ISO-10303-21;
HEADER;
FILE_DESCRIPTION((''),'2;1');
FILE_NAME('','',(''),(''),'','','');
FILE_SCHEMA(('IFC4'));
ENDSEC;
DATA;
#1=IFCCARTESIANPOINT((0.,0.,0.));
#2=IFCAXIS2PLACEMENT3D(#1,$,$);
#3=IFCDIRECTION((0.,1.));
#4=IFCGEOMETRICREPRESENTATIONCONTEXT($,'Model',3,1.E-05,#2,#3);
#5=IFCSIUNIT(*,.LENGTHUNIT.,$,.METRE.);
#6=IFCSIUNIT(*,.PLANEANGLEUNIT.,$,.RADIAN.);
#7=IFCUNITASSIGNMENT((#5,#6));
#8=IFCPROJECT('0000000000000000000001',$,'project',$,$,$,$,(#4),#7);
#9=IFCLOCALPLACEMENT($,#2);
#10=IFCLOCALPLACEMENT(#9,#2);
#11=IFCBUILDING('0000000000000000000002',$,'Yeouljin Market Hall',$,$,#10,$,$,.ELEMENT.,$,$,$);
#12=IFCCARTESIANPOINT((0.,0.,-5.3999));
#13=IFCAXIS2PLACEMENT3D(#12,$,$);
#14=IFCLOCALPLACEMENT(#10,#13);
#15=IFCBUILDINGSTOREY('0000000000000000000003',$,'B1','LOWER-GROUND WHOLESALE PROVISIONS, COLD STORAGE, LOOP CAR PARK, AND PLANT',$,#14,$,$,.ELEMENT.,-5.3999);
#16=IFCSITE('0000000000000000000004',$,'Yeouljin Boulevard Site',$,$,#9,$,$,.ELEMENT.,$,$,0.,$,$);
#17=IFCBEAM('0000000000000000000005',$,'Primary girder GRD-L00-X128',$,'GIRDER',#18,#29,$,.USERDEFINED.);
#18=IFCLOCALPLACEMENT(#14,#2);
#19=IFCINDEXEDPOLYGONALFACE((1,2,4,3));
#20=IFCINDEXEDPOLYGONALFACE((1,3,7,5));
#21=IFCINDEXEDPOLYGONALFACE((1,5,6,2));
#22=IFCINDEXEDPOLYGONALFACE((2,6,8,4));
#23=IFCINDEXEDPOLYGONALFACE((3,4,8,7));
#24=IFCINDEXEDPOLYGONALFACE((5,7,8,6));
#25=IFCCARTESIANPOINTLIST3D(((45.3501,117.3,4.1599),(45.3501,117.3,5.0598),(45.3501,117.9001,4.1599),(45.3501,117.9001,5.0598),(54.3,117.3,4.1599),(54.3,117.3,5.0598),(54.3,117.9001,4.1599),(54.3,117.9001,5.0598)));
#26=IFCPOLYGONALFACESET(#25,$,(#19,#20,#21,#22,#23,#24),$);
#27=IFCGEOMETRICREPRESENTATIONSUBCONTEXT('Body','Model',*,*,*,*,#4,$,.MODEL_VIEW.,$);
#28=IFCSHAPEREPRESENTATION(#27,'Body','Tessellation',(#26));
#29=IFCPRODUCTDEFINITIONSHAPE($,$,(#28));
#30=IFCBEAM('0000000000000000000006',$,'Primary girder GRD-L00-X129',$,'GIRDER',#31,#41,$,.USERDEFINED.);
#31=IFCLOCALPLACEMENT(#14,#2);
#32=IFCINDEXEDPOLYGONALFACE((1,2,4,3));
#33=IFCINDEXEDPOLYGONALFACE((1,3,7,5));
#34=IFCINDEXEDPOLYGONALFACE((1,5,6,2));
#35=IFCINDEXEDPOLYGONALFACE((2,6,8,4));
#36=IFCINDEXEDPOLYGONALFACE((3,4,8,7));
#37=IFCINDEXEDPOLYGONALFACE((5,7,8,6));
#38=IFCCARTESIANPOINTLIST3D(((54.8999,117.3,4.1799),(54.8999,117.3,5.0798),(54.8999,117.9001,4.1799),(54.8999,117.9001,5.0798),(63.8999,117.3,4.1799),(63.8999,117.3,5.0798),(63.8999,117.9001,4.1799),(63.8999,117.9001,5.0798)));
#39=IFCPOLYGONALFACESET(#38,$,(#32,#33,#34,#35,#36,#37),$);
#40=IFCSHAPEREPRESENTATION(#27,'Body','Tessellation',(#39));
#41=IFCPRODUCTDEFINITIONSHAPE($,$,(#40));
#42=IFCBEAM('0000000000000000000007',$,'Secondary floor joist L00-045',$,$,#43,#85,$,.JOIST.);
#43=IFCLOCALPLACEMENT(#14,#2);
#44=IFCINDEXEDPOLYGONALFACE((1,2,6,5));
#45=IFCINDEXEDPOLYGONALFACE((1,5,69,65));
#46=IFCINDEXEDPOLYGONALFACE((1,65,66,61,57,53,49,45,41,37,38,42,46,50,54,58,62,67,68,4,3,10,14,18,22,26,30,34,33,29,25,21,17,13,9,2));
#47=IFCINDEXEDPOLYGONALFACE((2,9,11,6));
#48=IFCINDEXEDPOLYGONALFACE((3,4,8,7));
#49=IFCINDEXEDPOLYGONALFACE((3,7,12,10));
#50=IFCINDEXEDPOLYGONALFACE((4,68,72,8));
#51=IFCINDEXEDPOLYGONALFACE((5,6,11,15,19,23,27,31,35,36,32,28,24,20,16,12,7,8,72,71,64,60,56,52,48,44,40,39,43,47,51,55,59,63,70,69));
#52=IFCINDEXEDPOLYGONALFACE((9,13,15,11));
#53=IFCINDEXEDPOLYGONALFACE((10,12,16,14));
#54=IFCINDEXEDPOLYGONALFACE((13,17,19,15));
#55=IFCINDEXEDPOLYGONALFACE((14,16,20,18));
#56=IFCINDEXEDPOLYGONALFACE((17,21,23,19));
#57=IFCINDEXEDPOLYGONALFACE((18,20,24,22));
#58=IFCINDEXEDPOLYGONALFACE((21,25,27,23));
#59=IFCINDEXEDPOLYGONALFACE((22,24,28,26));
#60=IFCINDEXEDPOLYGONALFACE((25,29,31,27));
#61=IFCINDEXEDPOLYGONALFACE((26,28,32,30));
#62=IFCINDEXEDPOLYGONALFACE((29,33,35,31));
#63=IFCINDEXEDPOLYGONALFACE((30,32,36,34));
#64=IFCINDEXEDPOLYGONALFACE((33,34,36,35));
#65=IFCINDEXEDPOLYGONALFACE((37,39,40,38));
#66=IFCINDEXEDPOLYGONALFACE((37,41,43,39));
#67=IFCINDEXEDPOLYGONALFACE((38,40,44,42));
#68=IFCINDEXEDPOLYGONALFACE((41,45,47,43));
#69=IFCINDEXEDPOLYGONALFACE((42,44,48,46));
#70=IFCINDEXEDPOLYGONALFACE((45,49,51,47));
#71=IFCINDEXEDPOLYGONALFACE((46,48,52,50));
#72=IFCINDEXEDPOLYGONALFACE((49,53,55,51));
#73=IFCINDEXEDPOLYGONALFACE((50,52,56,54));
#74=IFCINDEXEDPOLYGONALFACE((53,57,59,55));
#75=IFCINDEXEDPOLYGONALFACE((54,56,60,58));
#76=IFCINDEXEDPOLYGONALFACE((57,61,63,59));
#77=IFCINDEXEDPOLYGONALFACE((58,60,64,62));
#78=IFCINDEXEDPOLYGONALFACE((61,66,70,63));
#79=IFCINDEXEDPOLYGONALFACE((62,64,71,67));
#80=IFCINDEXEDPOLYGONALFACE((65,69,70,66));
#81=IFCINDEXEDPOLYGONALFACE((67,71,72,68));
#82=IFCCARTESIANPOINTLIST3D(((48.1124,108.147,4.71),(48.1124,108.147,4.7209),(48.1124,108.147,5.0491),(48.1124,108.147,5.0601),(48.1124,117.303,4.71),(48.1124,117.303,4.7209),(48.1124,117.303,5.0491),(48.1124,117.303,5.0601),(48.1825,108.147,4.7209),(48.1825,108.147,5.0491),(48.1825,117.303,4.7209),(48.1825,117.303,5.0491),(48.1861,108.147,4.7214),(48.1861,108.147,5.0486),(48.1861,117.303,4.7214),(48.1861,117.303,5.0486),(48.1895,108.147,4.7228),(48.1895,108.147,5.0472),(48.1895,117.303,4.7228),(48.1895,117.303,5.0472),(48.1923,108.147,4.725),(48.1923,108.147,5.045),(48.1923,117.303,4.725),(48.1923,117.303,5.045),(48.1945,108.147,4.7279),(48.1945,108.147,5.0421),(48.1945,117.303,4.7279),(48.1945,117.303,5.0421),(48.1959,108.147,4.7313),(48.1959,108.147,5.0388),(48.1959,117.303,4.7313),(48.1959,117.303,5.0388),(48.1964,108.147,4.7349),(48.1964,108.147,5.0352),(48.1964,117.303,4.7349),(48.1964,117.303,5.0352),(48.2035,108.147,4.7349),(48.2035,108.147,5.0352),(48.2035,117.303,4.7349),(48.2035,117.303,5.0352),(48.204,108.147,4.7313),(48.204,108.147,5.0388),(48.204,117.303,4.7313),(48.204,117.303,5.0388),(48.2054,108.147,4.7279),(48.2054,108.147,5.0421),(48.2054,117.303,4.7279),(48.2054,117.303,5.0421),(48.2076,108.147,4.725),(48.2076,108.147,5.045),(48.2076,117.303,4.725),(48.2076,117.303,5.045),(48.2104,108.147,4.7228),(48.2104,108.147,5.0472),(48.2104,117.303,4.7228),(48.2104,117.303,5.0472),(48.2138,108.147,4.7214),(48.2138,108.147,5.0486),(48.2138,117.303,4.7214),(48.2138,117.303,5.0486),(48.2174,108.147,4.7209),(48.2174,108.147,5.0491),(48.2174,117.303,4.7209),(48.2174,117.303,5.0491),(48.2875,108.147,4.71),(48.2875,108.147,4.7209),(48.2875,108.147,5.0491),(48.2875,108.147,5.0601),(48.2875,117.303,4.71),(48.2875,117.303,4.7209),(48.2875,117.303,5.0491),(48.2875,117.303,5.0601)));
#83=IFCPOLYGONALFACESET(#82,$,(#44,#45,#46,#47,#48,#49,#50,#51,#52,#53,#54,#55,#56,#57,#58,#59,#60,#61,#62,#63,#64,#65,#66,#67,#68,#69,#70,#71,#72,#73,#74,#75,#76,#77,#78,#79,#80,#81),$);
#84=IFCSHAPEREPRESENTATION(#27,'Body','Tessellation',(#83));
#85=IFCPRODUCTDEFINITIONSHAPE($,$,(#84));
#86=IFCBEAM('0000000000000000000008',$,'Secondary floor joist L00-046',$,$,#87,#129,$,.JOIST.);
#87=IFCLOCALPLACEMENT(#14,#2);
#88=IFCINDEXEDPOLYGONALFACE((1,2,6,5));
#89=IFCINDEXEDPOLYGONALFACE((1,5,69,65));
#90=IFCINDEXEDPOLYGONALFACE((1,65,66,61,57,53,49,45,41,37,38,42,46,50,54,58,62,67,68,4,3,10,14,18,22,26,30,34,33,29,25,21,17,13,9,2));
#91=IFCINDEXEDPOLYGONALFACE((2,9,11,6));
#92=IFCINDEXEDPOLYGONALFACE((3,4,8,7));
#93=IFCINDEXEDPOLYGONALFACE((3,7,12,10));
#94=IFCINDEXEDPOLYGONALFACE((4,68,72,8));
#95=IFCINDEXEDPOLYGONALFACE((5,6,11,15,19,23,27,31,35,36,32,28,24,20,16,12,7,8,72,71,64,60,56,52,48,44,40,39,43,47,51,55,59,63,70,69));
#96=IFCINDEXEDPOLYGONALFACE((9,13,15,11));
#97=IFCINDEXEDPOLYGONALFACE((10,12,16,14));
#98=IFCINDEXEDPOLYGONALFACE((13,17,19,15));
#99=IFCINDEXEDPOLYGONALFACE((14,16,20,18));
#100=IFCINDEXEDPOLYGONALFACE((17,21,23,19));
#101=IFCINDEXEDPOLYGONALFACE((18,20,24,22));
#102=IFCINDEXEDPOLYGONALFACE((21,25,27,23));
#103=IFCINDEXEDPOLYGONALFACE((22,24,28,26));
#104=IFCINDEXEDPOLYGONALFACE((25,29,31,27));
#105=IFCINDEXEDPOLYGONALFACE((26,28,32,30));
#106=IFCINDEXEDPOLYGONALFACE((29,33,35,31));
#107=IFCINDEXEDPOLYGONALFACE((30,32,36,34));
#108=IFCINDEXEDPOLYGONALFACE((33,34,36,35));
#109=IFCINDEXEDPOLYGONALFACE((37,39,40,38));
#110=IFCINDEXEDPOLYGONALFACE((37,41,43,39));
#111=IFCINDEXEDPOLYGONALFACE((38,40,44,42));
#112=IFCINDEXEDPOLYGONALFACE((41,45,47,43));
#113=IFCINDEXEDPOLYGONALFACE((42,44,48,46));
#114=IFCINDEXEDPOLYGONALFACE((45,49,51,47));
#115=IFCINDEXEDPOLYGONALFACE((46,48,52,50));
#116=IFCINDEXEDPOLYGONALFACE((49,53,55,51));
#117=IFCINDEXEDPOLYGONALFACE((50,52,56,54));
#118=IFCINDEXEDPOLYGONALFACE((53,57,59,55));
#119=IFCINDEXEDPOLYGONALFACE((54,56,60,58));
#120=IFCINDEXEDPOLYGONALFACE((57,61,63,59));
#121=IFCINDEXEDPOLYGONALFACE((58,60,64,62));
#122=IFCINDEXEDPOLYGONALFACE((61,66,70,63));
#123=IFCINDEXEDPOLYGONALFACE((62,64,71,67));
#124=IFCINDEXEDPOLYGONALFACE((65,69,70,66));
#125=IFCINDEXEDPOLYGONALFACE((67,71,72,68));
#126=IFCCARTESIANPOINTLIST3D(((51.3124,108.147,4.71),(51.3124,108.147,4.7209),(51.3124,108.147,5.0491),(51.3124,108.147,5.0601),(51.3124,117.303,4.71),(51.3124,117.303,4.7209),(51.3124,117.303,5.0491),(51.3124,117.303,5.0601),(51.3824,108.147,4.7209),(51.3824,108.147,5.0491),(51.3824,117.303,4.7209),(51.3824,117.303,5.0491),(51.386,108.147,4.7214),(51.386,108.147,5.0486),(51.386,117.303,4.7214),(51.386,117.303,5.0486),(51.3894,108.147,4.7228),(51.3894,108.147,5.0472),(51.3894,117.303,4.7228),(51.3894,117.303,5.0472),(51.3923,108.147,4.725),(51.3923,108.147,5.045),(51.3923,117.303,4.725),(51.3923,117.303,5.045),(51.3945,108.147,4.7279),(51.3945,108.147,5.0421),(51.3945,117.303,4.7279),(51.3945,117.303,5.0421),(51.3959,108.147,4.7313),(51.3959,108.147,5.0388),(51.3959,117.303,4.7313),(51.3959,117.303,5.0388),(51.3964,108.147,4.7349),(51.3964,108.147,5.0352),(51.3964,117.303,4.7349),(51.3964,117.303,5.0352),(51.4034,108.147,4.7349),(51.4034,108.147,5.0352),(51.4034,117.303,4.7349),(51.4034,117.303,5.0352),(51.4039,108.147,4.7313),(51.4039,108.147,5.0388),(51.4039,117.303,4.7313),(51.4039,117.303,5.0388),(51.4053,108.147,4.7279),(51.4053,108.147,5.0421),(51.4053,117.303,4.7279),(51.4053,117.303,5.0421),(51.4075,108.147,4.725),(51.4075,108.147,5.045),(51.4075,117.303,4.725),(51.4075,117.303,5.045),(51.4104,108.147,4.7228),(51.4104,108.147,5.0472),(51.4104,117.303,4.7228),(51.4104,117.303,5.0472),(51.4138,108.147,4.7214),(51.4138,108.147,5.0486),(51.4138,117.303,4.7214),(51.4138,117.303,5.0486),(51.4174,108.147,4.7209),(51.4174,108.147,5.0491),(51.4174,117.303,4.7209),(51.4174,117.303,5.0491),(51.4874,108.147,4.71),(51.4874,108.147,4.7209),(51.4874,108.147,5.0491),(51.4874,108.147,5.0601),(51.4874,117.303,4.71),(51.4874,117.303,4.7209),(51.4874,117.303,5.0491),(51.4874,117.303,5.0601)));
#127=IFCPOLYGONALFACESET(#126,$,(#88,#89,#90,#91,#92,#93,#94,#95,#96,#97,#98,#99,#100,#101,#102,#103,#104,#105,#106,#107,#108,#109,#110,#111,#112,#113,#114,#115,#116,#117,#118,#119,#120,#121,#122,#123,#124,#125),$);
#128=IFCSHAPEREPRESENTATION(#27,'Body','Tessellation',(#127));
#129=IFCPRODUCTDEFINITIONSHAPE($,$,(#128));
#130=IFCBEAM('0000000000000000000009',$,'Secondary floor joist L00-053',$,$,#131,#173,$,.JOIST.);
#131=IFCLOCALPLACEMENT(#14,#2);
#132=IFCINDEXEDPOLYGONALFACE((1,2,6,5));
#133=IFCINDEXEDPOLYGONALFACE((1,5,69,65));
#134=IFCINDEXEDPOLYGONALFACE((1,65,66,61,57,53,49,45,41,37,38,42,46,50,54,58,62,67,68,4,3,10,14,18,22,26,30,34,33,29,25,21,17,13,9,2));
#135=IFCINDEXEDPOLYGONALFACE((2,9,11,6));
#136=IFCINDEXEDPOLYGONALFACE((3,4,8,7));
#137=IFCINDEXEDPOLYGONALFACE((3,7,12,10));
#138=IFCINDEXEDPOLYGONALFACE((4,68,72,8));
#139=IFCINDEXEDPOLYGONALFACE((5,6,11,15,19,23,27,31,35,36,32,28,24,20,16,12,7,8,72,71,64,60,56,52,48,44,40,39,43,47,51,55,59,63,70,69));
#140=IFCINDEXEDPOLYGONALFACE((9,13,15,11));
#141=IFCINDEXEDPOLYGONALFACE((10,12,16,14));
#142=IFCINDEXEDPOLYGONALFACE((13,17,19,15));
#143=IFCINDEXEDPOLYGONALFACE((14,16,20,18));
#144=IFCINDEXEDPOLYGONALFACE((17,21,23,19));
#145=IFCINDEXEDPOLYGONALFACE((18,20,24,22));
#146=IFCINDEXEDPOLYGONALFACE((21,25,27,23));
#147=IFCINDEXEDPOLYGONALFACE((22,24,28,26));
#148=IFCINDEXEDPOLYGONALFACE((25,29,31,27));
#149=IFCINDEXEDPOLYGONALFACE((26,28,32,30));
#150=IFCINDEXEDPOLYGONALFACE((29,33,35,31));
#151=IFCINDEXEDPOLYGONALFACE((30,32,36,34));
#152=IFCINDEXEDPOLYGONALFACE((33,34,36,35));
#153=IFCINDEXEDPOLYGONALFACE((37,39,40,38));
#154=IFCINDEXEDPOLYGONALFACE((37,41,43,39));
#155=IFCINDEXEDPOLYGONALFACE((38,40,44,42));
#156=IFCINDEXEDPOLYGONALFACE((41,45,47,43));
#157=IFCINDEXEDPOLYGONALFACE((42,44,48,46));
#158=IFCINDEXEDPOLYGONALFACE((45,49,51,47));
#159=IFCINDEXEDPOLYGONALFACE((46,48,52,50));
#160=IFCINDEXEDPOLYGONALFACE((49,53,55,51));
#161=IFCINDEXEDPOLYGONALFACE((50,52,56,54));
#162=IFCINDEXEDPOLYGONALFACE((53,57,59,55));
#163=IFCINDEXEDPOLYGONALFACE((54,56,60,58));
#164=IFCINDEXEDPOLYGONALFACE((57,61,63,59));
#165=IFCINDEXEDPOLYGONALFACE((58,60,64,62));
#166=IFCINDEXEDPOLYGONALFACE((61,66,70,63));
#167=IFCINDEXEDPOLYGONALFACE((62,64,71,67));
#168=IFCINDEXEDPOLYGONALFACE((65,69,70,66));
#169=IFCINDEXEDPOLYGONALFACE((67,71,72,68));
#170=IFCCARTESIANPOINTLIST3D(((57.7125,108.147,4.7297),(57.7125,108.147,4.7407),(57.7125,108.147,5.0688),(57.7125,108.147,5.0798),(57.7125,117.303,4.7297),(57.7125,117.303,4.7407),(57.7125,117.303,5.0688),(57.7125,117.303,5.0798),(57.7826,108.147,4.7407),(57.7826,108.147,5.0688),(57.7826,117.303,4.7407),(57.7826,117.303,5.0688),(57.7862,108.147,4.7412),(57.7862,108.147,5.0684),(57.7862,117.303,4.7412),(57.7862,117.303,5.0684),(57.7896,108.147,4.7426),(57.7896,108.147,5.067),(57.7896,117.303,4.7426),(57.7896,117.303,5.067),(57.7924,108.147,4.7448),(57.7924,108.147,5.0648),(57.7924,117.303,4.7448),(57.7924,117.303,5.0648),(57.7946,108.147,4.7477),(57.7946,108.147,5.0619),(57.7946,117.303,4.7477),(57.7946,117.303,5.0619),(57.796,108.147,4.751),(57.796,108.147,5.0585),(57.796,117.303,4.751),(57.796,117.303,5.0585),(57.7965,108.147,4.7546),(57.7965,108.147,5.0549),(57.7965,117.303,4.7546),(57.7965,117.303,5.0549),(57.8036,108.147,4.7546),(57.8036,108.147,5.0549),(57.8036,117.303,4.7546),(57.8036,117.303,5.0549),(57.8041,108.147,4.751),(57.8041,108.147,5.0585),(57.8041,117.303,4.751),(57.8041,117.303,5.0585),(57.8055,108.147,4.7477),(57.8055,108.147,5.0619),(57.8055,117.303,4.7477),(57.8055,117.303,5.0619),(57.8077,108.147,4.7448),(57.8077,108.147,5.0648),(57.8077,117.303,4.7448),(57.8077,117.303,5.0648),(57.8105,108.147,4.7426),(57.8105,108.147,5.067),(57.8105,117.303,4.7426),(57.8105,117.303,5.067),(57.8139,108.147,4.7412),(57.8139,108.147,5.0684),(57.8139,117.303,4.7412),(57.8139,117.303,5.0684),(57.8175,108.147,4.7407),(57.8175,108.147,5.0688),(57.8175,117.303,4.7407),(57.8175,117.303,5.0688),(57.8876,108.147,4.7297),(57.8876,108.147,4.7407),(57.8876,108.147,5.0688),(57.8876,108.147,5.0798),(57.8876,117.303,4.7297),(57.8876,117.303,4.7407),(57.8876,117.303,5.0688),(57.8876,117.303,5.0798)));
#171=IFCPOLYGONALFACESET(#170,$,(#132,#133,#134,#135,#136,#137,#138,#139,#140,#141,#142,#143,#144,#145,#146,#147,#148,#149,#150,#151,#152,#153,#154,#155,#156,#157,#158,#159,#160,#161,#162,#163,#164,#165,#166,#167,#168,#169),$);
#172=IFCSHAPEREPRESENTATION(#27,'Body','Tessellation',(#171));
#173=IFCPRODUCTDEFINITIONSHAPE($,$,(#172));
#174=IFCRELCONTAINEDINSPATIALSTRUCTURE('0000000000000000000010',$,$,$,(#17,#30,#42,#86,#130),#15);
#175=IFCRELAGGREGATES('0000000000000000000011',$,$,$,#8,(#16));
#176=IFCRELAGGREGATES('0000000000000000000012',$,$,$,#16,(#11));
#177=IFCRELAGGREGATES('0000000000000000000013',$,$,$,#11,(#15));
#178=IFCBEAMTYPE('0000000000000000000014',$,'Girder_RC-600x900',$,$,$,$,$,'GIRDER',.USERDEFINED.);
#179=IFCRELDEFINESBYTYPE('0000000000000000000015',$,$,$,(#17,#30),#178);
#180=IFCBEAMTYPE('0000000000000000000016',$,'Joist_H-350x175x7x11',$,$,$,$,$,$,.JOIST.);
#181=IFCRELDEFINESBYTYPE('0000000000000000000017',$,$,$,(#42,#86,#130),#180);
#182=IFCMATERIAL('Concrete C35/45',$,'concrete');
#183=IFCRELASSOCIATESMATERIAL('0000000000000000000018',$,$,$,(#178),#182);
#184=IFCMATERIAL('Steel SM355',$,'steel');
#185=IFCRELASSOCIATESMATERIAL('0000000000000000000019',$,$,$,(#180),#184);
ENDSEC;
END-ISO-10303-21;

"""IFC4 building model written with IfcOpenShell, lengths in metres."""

from ifc_helpers import new_model, si_unit, direction, frame, origin, origin_2d, place, context, subcontext, project, spatial, rectangle, i_section, extrude, material, material_profile, profile_set, type_object, element, save


model = new_model("IFC4")

# Units and contexts
model_context = context("Model", 3, precision=1e-05, world=origin(), true_north=direction((0.0, 1.0)))
body_context = subcontext(model_context, "Body", "Model", "MODEL_VIEW")
ifc_project = project(units=[si_unit("LENGTHUNIT", "METRE"), si_unit("PLANEANGLEUNIT", "RADIAN")], contexts=[model_context])

# Site, building, storey
site_placement = place(None, origin())
site = spatial("IfcSite", under=ifc_project, at=site_placement, Name="Yeouljin Boulevard Site", CompositionType="ELEMENT", RefElevation=0.0)
building_placement = place(site_placement, origin())
building = spatial("IfcBuilding", under=site, at=building_placement, Name="Yeouljin Market Hall", CompositionType="ELEMENT")
storey_placement = place(building_placement, frame((0.0, 0.0, -5.3999)))
storey = spatial("IfcBuildingStorey", under=building, at=storey_placement, Name="B1", Description="LOWER-GROUND WHOLESALE PROVISIONS, COLD STORAGE, LOOP CAR PARK, AND PLANT", CompositionType="ELEMENT", Elevation=-5.3999)

# Beams
ifc_material_1 = material(Name="Concrete C35/45", Category="concrete")
ifc_material_profile_1 = material_profile(ifc_material_1, rectangle(XDim=0.6001, YDim=0.8999, at=origin_2d()), Name="RC-600x900")
ifc_profile_set_1 = profile_set([ifc_material_profile_1], Name="Concrete C35/45")
beam_type_1 = type_object("IfcBeamType", Name="Girder_RC-600x900", ElementType="GIRDER", PredefinedType="USERDEFINED", material=ifc_profile_set_1)
beam_1_placement = place(storey_placement, frame((45.3501, 117.6001, 4.6099), z_axis=(1.0, 0.0, 0.0), x_axis=(0.0, 1.0, 0.0)))
element("IfcBeam", 1, at=beam_1_placement, inside=storey, type_object=beam_type_1, Name="Primary girder GRD-L00-X128", ObjectType="GIRDER", PredefinedType="USERDEFINED", context=body_context, shape_type="SweptSolid", body=[
    extrude(rectangle(XDim=0.6001, YDim=0.8999, at=origin_2d()), origin(), (0.0, 0.0, 1.0), 8.95),
])
beam_2_placement = place(storey_placement, frame((54.8999, 117.6001, 4.6299), z_axis=(1.0, 0.0, 0.0), x_axis=(0.0, 1.0, 0.0)))
element("IfcBeam", 2, at=beam_2_placement, inside=storey, type_object=beam_type_1, Name="Primary girder GRD-L00-X129", ObjectType="GIRDER", PredefinedType="USERDEFINED", context=body_context, shape_type="SweptSolid", body=[
    extrude(rectangle(XDim=0.6001, YDim=0.8999, at=origin_2d()), origin(), (0.0, 0.0, 1.0), 9.0),
])
ifc_material_2 = material(Name="Steel SM355", Category="steel")
ifc_material_profile_2 = material_profile(ifc_material_2, i_section(OverallWidth=0.175, OverallDepth=0.3501, WebThickness=0.0071, FlangeThickness=0.011, FilletRadius=0.0139, at=origin_2d()), Name="H-350x175x7x11")
ifc_profile_set_2 = profile_set([ifc_material_profile_2], Name="Steel SM355")
beam_type_2 = type_object("IfcBeamType", Name="Joist_H-350x175x7x11", PredefinedType="JOIST", material=ifc_profile_set_2)
for number, where, z_axis, x_axis, name in (
    (3, (48.2, 108.147, 4.885), (0.0, 1.0, 0.0), (-1.0, 0.0, 0.0), "Secondary floor joist L00-045"),
    (4, (51.3999, 108.147, 4.885), (0.0, 1.0, 0.0), (-1.0, 0.0, 0.0), "Secondary floor joist L00-046"),
    (5, (57.8, 108.147, 4.9048), (0.0, 1.0, 0.0), (-1.0, 0.0, 0.0), "Secondary floor joist L00-053"),
):
    element("IfcBeam", number, at=place(storey_placement, frame(where, z_axis=z_axis, x_axis=x_axis)), inside=storey, type_object=beam_type_2, Name=name, PredefinedType="JOIST", context=body_context, shape_type="SweptSolid", body=[
        extrude(i_section(OverallWidth=0.175, OverallDepth=0.3501, WebThickness=0.0071, FlangeThickness=0.011, FilletRadius=0.0139, at=origin_2d()), origin(), (0.0, 0.0, 1.0), 9.156),
    ])

save(model, "model.ifc")
